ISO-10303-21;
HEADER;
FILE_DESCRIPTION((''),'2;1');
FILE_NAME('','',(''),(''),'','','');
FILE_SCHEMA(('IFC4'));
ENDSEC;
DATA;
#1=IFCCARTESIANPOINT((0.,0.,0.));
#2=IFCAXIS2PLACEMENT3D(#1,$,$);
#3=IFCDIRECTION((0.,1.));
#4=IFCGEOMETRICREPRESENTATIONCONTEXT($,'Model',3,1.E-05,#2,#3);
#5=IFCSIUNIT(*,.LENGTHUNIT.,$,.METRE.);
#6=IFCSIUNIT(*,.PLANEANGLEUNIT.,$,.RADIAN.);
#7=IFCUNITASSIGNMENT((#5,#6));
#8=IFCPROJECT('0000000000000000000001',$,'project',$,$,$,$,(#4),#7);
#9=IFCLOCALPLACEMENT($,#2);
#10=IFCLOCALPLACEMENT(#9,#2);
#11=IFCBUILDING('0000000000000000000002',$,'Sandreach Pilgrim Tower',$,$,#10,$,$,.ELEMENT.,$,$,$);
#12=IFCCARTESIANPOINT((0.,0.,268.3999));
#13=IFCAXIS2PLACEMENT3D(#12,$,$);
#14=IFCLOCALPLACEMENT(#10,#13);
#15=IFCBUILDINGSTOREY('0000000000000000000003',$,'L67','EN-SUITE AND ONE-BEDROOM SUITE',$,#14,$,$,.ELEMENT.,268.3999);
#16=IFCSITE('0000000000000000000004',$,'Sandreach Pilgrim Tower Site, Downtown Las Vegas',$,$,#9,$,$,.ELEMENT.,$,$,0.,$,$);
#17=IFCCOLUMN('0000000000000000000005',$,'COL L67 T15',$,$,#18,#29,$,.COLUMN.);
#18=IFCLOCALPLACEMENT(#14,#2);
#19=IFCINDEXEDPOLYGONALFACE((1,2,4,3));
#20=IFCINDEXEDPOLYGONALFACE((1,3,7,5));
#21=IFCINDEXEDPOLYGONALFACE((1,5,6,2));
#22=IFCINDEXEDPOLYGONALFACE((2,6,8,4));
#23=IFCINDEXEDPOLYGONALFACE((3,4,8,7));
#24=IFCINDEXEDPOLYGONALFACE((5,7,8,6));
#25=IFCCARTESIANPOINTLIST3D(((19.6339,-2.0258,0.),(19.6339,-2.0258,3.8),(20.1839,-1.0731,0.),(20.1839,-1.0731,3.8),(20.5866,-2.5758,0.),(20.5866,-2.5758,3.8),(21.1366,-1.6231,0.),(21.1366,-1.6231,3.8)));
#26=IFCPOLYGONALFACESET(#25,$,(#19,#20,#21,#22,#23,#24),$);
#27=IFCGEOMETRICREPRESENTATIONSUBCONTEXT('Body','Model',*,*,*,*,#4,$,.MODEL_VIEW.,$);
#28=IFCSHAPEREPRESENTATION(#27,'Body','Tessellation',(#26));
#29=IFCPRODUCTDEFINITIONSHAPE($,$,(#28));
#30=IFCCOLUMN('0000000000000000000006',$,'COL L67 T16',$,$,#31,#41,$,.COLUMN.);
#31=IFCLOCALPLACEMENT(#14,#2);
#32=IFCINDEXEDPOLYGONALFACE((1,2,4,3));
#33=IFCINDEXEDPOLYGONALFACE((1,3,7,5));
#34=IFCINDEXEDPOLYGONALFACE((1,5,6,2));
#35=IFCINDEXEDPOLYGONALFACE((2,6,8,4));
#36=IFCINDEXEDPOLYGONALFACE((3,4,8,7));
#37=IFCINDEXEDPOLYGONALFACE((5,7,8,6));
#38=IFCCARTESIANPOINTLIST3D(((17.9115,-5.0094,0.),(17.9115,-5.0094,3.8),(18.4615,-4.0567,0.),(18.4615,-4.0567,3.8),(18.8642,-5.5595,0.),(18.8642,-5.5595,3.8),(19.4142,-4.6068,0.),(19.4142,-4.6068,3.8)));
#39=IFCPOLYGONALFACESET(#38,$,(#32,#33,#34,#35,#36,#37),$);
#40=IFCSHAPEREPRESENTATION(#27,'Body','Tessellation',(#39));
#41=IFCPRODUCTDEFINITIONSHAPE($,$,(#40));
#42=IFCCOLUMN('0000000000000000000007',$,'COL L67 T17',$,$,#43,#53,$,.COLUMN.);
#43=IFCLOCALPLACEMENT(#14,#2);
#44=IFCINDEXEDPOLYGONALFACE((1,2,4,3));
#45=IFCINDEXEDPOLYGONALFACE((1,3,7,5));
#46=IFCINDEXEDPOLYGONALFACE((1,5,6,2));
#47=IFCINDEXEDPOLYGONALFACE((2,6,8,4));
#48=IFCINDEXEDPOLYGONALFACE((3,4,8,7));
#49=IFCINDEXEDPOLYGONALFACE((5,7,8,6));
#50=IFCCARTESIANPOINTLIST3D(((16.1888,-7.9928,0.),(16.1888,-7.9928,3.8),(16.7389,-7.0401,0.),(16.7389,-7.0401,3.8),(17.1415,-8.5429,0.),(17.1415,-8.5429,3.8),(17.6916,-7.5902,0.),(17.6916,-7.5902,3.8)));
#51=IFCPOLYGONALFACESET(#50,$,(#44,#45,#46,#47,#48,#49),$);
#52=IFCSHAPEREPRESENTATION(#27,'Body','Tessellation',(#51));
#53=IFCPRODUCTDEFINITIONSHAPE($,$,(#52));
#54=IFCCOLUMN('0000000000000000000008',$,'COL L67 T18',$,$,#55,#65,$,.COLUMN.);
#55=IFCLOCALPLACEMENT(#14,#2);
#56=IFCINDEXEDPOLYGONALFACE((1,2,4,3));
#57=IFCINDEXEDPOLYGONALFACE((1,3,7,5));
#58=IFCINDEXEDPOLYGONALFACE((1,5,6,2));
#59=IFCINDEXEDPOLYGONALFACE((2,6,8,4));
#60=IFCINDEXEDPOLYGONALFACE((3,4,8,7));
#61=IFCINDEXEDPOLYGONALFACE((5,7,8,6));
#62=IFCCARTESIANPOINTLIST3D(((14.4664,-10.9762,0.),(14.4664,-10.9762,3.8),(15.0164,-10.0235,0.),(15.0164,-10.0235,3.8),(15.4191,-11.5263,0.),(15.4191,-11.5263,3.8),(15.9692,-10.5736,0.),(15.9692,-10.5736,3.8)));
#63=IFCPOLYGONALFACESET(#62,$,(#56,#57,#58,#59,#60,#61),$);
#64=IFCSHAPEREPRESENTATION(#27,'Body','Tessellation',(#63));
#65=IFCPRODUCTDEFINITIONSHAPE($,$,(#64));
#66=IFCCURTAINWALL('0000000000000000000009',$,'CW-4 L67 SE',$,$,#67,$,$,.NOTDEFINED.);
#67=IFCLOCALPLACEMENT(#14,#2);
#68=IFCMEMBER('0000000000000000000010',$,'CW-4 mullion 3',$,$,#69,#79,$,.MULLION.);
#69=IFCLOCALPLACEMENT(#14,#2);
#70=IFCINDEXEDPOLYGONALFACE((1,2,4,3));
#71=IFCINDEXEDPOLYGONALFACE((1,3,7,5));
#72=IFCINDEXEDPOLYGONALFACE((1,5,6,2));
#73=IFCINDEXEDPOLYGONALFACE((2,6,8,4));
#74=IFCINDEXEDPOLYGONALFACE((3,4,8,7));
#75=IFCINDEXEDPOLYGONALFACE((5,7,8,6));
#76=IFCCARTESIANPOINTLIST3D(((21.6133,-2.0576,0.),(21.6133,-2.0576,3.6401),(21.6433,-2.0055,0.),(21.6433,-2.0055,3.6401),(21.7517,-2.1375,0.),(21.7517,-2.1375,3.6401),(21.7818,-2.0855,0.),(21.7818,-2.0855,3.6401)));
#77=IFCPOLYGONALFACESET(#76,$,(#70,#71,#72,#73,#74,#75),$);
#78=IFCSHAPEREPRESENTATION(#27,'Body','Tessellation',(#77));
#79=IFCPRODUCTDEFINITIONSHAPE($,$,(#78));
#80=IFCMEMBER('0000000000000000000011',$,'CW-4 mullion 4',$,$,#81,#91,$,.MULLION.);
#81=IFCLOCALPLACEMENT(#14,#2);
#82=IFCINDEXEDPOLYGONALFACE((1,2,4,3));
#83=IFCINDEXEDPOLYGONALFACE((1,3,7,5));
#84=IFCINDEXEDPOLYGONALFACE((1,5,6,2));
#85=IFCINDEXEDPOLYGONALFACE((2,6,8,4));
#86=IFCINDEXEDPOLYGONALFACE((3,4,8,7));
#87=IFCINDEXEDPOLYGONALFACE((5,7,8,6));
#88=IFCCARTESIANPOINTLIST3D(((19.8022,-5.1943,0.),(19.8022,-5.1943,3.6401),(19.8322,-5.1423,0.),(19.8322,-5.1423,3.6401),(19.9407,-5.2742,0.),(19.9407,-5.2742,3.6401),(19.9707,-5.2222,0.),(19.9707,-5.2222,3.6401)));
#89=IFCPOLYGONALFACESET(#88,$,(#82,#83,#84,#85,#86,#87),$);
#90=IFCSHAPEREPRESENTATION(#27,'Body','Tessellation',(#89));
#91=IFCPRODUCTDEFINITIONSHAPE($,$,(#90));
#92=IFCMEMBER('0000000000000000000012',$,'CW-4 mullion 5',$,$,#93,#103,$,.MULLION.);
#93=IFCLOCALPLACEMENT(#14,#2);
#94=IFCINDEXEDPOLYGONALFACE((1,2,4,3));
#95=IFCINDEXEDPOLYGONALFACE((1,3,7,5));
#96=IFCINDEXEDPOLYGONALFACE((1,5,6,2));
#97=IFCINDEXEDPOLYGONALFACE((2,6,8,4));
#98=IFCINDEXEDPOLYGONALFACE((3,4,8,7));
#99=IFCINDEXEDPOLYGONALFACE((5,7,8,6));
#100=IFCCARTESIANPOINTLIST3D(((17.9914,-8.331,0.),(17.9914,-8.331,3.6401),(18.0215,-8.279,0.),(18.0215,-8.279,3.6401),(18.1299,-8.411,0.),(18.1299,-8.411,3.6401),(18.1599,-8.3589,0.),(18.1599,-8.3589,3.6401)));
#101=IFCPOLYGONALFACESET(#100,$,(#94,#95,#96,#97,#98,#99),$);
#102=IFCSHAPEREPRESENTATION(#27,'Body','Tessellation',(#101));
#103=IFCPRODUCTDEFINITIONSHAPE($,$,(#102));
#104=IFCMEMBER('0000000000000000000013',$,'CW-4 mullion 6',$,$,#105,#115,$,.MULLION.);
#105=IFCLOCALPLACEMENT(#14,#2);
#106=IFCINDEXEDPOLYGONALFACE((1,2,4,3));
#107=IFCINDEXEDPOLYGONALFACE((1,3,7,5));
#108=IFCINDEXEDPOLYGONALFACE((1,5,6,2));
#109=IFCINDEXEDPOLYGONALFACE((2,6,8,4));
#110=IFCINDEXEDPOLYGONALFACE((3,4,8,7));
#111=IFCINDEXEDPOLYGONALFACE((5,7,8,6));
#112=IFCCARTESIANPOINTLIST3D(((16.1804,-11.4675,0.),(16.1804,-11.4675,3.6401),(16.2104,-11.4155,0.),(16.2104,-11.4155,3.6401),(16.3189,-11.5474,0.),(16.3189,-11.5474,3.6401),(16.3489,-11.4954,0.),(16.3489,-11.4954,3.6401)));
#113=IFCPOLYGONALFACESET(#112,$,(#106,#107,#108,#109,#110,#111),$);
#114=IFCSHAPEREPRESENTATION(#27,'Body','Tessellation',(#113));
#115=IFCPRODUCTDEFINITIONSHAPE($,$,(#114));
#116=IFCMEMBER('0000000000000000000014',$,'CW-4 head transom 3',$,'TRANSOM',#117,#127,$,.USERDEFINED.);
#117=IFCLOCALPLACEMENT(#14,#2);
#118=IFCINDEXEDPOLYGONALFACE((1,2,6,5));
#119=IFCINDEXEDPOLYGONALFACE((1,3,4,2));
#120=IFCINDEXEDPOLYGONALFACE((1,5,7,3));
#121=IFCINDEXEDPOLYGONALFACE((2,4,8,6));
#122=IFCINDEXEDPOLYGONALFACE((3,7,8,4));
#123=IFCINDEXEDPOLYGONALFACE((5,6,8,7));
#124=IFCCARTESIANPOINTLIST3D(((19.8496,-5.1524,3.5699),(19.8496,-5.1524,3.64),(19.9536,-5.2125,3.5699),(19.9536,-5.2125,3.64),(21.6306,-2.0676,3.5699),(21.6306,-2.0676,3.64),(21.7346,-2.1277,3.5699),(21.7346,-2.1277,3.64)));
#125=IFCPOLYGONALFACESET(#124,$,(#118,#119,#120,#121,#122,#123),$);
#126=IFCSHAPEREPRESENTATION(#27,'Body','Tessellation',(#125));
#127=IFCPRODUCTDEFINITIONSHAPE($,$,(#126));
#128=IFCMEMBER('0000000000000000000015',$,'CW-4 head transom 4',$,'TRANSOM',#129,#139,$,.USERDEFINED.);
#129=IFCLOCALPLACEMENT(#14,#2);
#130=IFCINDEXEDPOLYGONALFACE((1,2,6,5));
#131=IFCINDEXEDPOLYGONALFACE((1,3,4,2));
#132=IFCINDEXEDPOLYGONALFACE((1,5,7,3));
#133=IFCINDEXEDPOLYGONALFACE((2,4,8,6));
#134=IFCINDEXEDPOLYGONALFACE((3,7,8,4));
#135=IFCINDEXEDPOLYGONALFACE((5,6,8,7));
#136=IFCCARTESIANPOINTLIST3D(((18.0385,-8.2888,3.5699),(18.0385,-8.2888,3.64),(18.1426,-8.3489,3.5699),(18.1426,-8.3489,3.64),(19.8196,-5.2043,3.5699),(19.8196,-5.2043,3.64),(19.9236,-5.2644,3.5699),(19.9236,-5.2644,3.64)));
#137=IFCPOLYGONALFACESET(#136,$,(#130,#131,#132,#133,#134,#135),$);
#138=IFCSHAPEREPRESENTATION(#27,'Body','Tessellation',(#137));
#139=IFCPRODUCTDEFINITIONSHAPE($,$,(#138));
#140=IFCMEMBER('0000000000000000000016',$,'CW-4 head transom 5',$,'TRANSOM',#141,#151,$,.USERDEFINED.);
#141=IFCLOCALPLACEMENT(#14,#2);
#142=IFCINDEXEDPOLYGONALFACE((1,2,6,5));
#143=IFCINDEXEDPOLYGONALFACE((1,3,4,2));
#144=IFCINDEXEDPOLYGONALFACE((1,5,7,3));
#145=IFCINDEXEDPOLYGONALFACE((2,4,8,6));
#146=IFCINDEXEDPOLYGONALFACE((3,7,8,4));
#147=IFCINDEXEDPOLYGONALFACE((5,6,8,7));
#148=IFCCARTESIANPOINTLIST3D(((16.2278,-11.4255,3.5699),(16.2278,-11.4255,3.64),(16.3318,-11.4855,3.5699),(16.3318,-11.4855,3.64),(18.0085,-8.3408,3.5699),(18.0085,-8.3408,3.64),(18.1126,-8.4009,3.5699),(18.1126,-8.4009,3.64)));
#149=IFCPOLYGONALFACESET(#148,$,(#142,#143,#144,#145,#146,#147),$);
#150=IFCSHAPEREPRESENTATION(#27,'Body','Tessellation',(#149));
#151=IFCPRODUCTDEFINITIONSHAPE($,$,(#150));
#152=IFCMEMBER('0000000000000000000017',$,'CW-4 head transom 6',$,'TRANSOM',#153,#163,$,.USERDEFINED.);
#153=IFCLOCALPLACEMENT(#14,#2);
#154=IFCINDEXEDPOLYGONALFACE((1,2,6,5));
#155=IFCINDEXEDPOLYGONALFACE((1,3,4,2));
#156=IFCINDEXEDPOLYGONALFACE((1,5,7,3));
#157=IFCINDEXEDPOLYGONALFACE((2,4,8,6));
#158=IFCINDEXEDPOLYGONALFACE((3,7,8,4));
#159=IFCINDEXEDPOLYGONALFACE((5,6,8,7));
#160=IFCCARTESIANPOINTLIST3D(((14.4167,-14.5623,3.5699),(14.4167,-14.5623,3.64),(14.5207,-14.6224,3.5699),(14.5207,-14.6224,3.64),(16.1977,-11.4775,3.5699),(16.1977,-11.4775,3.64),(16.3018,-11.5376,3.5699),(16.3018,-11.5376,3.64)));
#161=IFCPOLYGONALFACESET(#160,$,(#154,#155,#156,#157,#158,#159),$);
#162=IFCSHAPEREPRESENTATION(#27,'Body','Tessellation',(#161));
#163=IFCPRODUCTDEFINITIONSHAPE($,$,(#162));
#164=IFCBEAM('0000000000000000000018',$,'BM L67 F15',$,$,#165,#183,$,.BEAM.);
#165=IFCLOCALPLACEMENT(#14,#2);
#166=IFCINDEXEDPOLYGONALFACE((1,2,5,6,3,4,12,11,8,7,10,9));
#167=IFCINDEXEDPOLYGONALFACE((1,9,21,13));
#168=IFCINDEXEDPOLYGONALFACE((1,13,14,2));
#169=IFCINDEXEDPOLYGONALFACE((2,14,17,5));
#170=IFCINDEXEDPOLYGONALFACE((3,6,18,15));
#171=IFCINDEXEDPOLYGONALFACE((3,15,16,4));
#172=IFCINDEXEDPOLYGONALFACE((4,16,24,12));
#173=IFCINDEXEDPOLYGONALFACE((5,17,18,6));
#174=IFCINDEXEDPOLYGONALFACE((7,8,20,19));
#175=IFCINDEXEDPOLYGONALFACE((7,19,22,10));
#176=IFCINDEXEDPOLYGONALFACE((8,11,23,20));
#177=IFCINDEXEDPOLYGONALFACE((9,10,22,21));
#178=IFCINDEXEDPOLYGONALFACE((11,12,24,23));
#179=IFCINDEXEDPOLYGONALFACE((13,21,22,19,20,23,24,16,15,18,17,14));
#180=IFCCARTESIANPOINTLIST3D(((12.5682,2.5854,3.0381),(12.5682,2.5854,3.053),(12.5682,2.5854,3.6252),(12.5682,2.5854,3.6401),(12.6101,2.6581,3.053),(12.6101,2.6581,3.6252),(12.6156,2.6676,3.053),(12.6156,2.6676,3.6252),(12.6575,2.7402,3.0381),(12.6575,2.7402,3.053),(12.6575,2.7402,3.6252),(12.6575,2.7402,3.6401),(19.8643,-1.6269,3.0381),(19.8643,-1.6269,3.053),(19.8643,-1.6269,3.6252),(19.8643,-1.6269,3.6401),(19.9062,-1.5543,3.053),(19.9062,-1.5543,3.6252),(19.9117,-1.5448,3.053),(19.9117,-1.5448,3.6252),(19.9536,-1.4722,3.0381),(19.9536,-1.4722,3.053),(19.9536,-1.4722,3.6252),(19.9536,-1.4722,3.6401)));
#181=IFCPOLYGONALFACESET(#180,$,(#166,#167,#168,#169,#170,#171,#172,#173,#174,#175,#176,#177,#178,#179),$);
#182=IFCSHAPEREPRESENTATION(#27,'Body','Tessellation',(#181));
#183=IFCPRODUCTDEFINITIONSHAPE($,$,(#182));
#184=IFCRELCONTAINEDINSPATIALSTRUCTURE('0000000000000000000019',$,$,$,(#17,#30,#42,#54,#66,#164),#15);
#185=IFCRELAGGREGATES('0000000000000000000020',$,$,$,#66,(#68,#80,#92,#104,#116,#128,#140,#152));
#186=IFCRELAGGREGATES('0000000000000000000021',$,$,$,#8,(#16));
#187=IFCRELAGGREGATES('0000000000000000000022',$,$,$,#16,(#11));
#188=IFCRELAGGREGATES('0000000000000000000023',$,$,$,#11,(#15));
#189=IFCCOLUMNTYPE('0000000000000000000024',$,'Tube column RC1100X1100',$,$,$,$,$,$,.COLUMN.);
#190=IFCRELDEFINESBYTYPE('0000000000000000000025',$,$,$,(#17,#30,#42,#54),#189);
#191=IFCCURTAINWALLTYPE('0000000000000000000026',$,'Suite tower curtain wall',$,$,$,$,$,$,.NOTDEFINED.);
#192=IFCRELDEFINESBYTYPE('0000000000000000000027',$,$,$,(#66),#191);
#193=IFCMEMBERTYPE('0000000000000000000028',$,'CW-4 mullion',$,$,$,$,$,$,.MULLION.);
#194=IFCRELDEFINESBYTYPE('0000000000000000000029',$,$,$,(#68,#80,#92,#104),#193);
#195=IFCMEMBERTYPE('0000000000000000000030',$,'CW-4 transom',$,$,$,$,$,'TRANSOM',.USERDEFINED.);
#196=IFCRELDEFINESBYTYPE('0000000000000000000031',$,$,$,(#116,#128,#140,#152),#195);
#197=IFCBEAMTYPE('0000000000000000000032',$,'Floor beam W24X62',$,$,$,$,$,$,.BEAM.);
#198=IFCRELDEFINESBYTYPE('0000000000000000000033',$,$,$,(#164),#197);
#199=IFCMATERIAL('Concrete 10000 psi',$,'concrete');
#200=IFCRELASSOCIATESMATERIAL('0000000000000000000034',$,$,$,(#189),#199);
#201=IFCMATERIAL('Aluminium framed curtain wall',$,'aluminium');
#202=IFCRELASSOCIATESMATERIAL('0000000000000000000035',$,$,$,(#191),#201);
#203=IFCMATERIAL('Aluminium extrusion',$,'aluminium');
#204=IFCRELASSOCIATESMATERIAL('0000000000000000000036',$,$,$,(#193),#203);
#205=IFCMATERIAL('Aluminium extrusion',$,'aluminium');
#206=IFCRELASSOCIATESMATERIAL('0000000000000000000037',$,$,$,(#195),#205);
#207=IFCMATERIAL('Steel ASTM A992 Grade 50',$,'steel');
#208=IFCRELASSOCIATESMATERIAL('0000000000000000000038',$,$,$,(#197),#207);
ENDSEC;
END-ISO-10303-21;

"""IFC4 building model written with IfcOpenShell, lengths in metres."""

from ifc_helpers import new_model, si_unit, direction, frame, origin, origin_2d, place, context, subcontext, project, spatial, rectangle, i_section, extrude, material, material_profile, profile_set, type_object, element, aggregate, save


model = new_model("IFC4")

# Units and contexts
model_context = context("Model", 3, precision=1e-05, world=origin(), true_north=direction((0.0, 1.0)))
body_context = subcontext(model_context, "Body", "Model", "MODEL_VIEW")
ifc_project = project(units=[si_unit("LENGTHUNIT", "METRE"), si_unit("PLANEANGLEUNIT", "RADIAN")], contexts=[model_context])

# Site, building, storey
site_placement = place(None, origin())
site = spatial("IfcSite", under=ifc_project, at=site_placement, Name="Sandreach Pilgrim Tower Site, Downtown Las Vegas", CompositionType="ELEMENT", RefElevation=0.0)
building_placement = place(site_placement, origin())
building = spatial("IfcBuilding", under=site, at=building_placement, Name="Sandreach Pilgrim Tower", CompositionType="ELEMENT")
storey_placement = place(building_placement, frame((0.0, 0.0, 268.3999)))
storey = spatial("IfcBuildingStorey", under=building, at=storey_placement, Name="L67", Description="EN-SUITE AND ONE-BEDROOM SUITE", CompositionType="ELEMENT", Elevation=268.3999)

# Columns
ifc_material_1 = material(Name="Concrete 10000 psi", Category="concrete")
ifc_material_profile_1 = material_profile(ifc_material_1, rectangle(XDim=1.1001, YDim=1.1001, at=origin_2d()), Name="RC1100X1100")
ifc_profile_set_1 = profile_set([ifc_material_profile_1], Name="Concrete 10000 psi")
column_type = type_object("IfcColumnType", Name="Tube column RC1100X1100", PredefinedType="COLUMN", material=ifc_profile_set_1)
for number, where, z_axis, x_axis, name in (
    (1, (20.3853, -1.8245, 0.0), (0.0, 0.0, 1.0), (0.866025, -0.5, 0.0), "COL L67 T15"),
    (2, (18.6628, -4.8081, 0.0), (0.0, 0.0, 1.0), (0.866025, -0.5, 0.0), "COL L67 T16"),
    (3, (16.9402, -7.7915, 0.0), (0.0, 0.0, 1.0), (0.866025, -0.5, 0.0), "COL L67 T17"),
    (4, (15.2178, -10.7749, 0.0), (0.0, 0.0, 1.0), (0.866025, -0.5, 0.0), "COL L67 T18"),
):
    element("IfcColumn", number, at=place(storey_placement, frame(where, z_axis=z_axis, x_axis=x_axis)), inside=storey, type_object=column_type, Name=name, PredefinedType="COLUMN", context=body_context, shape_type="SweptSolid", body=[
        extrude(rectangle(XDim=1.1001, YDim=1.1001, at=origin_2d()), origin(), (0.0, 0.0, 1.0), 3.8),
    ])

# Curtain wall, members
ifc_material_2 = material(Name="Aluminium framed curtain wall", Category="aluminium")
curtain_wall_type = type_object("IfcCurtainWallType", Name="Suite tower curtain wall", PredefinedType="NOTDEFINED", material=ifc_material_2)
curtain_wall_placement = place(storey_placement, origin())
curtain_wall = element("IfcCurtainWall", 5, at=curtain_wall_placement, inside=storey, type_object=curtain_wall_type, Name="CW-4 L67 SE", PredefinedType="NOTDEFINED")
ifc_material_3 = material(Name="Aluminium extrusion", Category="aluminium")
ifc_material_profile_2 = material_profile(ifc_material_3, rectangle(XDim=0.0601, YDim=0.1599, at=origin_2d()), Name="CW-4M 60X160")
ifc_profile_set_2 = profile_set([ifc_material_profile_2], Name="Aluminium extrusion")
member_type_1 = type_object("IfcMemberType", Name="CW-4 mullion", PredefinedType="MULLION", material=ifc_profile_set_2)
member_1_placement = place(storey_placement, frame((21.6975, -2.0715, 0.0), z_axis=(0.0, 0.0, 1.0), x_axis=(-0.5, -0.866025, 0.0)))
member_1 = element("IfcMember", 6, at=member_1_placement, type_object=member_type_1, Name="CW-4 mullion 3", PredefinedType="MULLION", context=body_context, shape_type="SweptSolid", body=[
    extrude(rectangle(XDim=0.0601, YDim=0.1599, at=origin_2d()), origin(), (0.0, 0.0, 1.0), 3.6401),
])
member_2_placement = place(storey_placement, frame((19.8865, -5.2083, 0.0), z_axis=(0.0, 0.0, 1.0), x_axis=(-0.5, -0.866025, 0.0)))
member_2 = element("IfcMember", 7, at=member_2_placement, type_object=member_type_1, Name="CW-4 mullion 4", PredefinedType="MULLION", context=body_context, shape_type="SweptSolid", body=[
    extrude(rectangle(XDim=0.0601, YDim=0.1599, at=origin_2d()), origin(), (0.0, 0.0, 1.0), 3.6401),
])
member_3_placement = place(storey_placement, frame((18.0757, -8.345, 0.0), z_axis=(0.0, 0.0, 1.0), x_axis=(-0.5, -0.866025, 0.0)))
member_3 = element("IfcMember", 8, at=member_3_placement, type_object=member_type_1, Name="CW-4 mullion 5", PredefinedType="MULLION", context=body_context, shape_type="SweptSolid", body=[
    extrude(rectangle(XDim=0.0601, YDim=0.1599, at=origin_2d()), origin(), (0.0, 0.0, 1.0), 3.6401),
])
member_4_placement = place(storey_placement, frame((16.2646, -11.4814, 0.0), z_axis=(0.0, 0.0, 1.0), x_axis=(-0.5, -0.866025, 0.0)))
member_4 = element("IfcMember", 9, at=member_4_placement, type_object=member_type_1, Name="CW-4 mullion 6", PredefinedType="MULLION", context=body_context, shape_type="SweptSolid", body=[
    extrude(rectangle(XDim=0.0601, YDim=0.1599, at=origin_2d()), origin(), (0.0, 0.0, 1.0), 3.6401),
])
ifc_material_4 = material(Name="Aluminium extrusion", Category="aluminium")
ifc_material_profile_3 = material_profile(ifc_material_4, rectangle(XDim=0.1201, YDim=0.0701, at=origin_2d()), Name="CW-4T 120X70")
ifc_profile_set_3 = profile_set([ifc_material_profile_3], Name="Aluminium extrusion")
member_type_2 = type_object("IfcMemberType", Name="CW-4 transom", ElementType="TRANSOM", PredefinedType="USERDEFINED", material=ifc_profile_set_3)
member_5_placement = place(storey_placement, frame((21.6826, -2.0977, 3.605), z_axis=(-0.500009, -0.86602, 0.0), x_axis=(0.86602, -0.500009, 0.0)))
member_5 = element("IfcMember", 10, at=member_5_placement, type_object=member_type_2, Name="CW-4 head transom 3", ObjectType="TRANSOM", PredefinedType="USERDEFINED", context=body_context, shape_type="SweptSolid", body=[
    extrude(rectangle(XDim=0.1201, YDim=0.0701, at=origin_2d()), origin(), (0.0, 0.0, 1.0), 3.562),
])
member_6_placement = place(storey_placement, frame((19.8716, -5.2344, 3.605), z_axis=(-0.500039, -0.866003, 0.0), x_axis=(0.866003, -0.500039, 0.0)))
member_6 = element("IfcMember", 11, at=member_6_placement, type_object=member_type_2, Name="CW-4 head transom 4", ObjectType="TRANSOM", PredefinedType="USERDEFINED", context=body_context, shape_type="SweptSolid", body=[
    extrude(rectangle(XDim=0.1201, YDim=0.0701, at=origin_2d()), origin(), (0.0, 0.0, 1.0), 3.5618),
])
member_7_placement = place(storey_placement, frame((18.0605, -8.3708, 3.605), z_axis=(-0.499958, -0.86605, 0.0), x_axis=(0.86605, -0.499958, 0.0)))
member_7 = element("IfcMember", 12, at=member_7_placement, type_object=member_type_2, Name="CW-4 head transom 5", ObjectType="TRANSOM", PredefinedType="USERDEFINED", context=body_context, shape_type="SweptSolid", body=[
    extrude(rectangle(XDim=0.1201, YDim=0.0701, at=origin_2d()), origin(), (0.0, 0.0, 1.0), 3.5618),
])
member_8_placement = place(storey_placement, frame((16.2498, -11.5076, 3.605), z_axis=(-0.500009, -0.86602, 0.0), x_axis=(0.86602, -0.500009, 0.0)))
member_8 = element("IfcMember", 13, at=member_8_placement, type_object=member_type_2, Name="CW-4 head transom 6", ObjectType="TRANSOM", PredefinedType="USERDEFINED", context=body_context, shape_type="SweptSolid", body=[
    extrude(rectangle(XDim=0.1201, YDim=0.0701, at=origin_2d()), origin(), (0.0, 0.0, 1.0), 3.562),
])

# Beam
ifc_material_5 = material(Name="Steel ASTM A992 Grade 50", Category="steel")
ifc_material_profile_4 = material_profile(ifc_material_5, i_section(OverallWidth=0.1787, OverallDepth=0.6021, WebThickness=0.011, FlangeThickness=0.0149, at=origin_2d()), Name="W24X62")
ifc_profile_set_4 = profile_set([ifc_material_profile_4], Name="Steel ASTM A992 Grade 50")
beam_type_1 = type_object("IfcBeamType", Name="Floor beam W24X62", PredefinedType="BEAM", material=ifc_profile_set_4)
beam_1_placement = place(storey_placement, frame((19.9089, -1.5496, 3.3391), z_axis=(-0.866027, 0.499998, 0.0), x_axis=(-0.499998, -0.866027, 0.0)))
element("IfcBeam", 14, at=beam_1_placement, inside=storey, type_object=beam_type_1, Name="BM L67 F15", PredefinedType="BEAM", context=body_context, shape_type="SweptSolid", body=[
    extrude(i_section(OverallWidth=0.1787, OverallDepth=0.6021, WebThickness=0.011, FlangeThickness=0.0149, at=origin_2d()), origin(), (0.0, 0.0, 1.0), 8.4248),
])

aggregate(curtain_wall, [member_1, member_2, member_3, member_4, member_5, member_6, member_7, member_8])

save(model, "model.ifc")
